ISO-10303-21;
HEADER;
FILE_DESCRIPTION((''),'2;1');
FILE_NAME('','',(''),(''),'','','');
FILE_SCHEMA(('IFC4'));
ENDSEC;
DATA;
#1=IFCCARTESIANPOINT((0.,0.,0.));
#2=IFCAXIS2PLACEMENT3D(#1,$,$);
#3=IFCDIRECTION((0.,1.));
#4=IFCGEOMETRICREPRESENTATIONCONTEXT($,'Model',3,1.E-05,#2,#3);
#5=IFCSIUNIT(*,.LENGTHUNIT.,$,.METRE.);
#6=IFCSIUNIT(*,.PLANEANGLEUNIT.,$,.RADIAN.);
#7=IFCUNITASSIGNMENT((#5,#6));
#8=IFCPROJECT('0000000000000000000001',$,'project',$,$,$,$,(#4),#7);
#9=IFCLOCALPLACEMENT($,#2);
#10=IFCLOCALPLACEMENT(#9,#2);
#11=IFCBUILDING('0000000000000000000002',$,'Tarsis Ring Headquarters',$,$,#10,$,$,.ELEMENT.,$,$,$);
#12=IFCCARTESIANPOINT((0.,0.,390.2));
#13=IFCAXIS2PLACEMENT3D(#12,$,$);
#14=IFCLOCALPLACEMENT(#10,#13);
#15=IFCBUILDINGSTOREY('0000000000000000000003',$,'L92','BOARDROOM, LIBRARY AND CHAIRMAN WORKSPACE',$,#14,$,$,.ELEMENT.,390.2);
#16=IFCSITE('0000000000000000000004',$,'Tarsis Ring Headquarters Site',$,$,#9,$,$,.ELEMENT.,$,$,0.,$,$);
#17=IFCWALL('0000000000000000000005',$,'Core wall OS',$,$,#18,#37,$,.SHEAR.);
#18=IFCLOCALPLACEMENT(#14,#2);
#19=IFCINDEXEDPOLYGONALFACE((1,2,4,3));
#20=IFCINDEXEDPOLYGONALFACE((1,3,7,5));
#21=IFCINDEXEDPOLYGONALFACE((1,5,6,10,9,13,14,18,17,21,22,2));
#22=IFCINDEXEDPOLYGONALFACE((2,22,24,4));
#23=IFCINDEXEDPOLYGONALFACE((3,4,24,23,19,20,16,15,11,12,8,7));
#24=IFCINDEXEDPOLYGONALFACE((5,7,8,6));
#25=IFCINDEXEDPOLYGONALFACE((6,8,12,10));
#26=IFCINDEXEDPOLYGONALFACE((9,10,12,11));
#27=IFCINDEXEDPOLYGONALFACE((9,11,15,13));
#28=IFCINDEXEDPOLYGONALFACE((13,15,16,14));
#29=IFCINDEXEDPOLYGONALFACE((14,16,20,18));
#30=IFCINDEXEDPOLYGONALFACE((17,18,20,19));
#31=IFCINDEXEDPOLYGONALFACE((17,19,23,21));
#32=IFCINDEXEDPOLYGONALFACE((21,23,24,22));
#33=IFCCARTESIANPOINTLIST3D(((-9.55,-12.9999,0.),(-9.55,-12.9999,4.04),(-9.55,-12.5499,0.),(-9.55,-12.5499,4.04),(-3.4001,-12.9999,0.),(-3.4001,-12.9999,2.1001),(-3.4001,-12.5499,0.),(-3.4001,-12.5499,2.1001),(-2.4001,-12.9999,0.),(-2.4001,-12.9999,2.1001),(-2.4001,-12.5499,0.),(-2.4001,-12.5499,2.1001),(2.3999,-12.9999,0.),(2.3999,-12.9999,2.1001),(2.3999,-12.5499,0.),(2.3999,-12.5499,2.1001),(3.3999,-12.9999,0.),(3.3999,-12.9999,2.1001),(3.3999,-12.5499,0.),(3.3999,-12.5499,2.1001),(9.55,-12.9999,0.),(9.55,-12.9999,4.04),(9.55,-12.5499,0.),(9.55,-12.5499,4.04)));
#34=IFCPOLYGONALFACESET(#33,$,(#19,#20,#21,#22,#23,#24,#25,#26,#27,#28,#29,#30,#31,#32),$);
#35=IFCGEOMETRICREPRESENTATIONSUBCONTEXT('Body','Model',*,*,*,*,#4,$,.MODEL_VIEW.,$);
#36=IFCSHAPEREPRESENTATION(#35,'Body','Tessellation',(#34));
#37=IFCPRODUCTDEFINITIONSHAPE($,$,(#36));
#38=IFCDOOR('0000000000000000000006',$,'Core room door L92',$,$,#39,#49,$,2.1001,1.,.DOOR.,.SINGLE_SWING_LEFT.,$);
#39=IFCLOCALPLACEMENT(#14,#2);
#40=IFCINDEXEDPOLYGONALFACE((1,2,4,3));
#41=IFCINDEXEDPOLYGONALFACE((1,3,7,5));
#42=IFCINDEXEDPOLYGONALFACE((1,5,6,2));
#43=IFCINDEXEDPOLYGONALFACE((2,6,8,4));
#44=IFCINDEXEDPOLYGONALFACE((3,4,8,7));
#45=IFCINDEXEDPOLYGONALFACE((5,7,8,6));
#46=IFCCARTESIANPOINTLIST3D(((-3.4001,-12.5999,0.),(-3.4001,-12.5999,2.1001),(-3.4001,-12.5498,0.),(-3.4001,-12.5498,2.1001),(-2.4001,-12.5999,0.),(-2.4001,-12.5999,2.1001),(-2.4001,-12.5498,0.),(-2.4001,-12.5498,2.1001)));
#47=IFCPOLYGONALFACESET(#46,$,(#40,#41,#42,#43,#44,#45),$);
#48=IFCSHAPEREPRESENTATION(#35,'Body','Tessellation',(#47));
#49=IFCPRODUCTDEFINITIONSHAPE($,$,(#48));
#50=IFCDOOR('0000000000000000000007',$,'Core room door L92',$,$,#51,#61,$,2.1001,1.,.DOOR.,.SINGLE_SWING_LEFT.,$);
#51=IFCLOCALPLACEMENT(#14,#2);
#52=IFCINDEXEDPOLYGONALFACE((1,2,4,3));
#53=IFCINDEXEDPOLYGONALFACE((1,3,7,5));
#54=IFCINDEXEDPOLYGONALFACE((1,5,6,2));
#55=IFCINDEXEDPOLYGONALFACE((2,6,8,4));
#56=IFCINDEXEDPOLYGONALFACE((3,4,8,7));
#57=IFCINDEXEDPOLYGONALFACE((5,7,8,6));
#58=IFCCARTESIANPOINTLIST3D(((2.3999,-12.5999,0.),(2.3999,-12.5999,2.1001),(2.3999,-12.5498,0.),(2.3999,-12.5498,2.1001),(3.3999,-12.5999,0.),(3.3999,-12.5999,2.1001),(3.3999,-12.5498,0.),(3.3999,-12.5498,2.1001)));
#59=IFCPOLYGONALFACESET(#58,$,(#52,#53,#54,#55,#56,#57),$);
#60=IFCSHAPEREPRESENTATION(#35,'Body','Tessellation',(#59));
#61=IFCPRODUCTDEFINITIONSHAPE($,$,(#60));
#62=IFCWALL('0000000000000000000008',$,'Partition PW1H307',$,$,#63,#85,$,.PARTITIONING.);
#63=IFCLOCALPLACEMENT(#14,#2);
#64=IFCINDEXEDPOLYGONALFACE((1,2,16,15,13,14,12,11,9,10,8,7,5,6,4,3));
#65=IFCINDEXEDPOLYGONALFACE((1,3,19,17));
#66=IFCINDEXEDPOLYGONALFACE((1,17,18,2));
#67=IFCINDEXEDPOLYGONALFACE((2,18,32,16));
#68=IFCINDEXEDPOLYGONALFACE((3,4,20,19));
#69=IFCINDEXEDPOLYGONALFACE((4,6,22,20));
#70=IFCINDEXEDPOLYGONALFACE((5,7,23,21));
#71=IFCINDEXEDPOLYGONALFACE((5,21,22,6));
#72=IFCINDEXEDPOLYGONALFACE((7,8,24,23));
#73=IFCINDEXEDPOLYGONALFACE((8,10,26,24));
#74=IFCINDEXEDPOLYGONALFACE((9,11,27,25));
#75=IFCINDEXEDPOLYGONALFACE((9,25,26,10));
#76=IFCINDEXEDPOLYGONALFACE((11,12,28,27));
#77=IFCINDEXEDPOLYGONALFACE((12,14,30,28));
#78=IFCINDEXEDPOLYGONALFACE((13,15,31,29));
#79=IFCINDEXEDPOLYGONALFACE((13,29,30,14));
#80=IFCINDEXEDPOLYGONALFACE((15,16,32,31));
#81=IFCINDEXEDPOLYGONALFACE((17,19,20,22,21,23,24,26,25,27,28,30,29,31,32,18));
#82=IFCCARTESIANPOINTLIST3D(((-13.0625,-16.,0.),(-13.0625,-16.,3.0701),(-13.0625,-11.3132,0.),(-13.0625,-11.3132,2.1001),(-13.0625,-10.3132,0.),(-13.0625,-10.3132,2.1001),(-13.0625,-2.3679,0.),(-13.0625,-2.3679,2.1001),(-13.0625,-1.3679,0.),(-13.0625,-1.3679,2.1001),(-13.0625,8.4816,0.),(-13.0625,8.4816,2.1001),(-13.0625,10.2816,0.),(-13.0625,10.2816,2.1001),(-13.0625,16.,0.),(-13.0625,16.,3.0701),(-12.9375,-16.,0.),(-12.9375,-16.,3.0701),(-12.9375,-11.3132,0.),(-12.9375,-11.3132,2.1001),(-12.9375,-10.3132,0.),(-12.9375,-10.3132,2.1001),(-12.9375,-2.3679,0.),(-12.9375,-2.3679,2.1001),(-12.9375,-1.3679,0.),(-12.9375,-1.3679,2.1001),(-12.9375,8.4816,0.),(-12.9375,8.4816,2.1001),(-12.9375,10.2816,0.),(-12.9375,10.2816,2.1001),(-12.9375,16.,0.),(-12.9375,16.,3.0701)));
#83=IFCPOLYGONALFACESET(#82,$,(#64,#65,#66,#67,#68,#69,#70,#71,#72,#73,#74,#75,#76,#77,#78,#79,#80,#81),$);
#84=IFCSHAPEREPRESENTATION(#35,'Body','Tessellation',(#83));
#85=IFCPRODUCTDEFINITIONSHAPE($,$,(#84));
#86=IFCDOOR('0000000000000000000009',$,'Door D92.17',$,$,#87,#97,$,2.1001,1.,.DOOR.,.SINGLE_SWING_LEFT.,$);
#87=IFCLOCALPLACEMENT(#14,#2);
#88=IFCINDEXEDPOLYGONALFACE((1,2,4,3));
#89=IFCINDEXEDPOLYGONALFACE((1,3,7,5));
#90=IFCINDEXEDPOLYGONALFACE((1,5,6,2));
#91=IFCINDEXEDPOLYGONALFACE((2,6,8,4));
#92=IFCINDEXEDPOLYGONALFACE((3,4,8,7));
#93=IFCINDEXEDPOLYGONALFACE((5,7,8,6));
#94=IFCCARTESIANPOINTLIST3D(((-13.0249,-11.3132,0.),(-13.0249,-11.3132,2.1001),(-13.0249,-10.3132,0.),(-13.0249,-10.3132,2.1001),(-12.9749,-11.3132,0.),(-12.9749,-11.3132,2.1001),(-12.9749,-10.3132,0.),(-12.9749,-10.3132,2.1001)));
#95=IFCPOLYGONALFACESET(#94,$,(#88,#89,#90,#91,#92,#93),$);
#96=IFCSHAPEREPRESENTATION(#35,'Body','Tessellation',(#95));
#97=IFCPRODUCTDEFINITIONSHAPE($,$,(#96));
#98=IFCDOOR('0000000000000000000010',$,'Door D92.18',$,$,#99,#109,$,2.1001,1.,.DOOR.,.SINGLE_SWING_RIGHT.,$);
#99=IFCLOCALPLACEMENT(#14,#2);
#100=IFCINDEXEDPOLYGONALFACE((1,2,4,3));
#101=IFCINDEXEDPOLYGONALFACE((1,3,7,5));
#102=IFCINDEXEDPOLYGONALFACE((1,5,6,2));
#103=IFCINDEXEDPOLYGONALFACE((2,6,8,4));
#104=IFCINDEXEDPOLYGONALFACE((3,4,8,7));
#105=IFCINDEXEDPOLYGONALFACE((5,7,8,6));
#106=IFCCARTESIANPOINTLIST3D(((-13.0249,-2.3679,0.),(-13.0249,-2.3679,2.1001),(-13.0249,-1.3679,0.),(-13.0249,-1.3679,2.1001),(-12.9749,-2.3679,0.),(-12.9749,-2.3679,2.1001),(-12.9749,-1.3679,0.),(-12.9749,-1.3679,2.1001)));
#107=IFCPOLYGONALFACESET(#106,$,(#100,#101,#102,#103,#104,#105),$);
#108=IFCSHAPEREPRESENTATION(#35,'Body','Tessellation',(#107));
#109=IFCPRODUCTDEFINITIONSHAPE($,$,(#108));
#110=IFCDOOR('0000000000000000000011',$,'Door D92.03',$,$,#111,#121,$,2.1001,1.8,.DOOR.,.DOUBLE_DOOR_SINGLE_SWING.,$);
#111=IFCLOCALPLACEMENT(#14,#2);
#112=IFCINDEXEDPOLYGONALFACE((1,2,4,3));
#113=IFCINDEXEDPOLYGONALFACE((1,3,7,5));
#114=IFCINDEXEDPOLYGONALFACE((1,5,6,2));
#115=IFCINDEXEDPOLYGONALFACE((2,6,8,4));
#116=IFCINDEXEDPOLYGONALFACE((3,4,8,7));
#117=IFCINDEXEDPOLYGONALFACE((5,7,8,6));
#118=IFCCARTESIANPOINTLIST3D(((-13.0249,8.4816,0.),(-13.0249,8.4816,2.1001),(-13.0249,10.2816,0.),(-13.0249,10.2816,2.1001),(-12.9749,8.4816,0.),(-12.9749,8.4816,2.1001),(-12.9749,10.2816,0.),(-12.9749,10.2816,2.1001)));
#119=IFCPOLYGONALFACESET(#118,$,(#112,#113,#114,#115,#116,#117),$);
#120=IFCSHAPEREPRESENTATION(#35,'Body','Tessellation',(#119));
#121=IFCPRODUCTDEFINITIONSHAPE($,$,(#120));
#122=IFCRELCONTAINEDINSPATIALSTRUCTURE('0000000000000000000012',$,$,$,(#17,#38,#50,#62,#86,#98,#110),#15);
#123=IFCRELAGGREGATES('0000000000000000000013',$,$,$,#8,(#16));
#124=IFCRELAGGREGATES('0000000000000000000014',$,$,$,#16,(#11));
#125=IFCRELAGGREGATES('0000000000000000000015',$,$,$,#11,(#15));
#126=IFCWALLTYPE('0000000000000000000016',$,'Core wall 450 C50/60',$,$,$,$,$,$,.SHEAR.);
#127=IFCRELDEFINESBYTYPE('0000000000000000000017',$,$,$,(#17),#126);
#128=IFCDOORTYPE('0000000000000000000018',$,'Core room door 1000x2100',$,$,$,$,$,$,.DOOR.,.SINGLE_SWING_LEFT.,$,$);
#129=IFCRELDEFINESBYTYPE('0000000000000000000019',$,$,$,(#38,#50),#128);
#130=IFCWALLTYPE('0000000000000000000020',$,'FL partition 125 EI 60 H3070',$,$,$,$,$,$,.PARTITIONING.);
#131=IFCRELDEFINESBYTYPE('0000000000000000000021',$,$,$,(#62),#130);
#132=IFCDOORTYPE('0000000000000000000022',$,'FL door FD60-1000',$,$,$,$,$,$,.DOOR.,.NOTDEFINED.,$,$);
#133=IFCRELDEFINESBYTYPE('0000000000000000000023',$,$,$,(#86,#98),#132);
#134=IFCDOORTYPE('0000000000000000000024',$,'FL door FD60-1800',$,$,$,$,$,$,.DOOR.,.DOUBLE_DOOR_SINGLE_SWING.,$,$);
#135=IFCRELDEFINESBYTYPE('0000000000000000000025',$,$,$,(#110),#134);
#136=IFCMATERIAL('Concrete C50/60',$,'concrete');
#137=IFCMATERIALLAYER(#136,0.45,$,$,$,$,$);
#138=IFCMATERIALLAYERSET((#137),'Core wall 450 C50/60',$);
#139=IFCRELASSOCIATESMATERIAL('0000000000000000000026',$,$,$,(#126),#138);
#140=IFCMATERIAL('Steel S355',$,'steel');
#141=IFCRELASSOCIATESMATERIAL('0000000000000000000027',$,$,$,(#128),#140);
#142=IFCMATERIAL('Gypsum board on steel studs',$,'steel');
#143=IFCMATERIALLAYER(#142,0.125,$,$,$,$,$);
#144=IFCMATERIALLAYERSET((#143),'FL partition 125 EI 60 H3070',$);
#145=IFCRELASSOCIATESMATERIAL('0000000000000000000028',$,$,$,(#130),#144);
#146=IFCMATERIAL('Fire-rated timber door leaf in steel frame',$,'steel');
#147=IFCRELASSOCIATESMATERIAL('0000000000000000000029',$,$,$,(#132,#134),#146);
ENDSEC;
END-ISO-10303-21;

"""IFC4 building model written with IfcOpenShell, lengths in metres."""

from ifc_helpers import new_model, si_unit, direction, frame, frame_2d, origin, place, context, subcontext, project, spatial, rectangle, extrude, material, layer, layer_set, type_object, element, fill, save


model = new_model("IFC4")

# Units and contexts
model_context = context("Model", 3, precision=1e-05, world=origin(), true_north=direction((0.0, 1.0)))
body_context = subcontext(model_context, "Body", "Model", "MODEL_VIEW")
ifc_project = project(units=[si_unit("LENGTHUNIT", "METRE"), si_unit("PLANEANGLEUNIT", "RADIAN")], contexts=[model_context])

# Site, building, storey
site_placement = place(None, origin())
site = spatial("IfcSite", under=ifc_project, at=site_placement, Name="Tarsis Ring Headquarters Site", CompositionType="ELEMENT", RefElevation=0.0)
building_placement = place(site_placement, origin())
building = spatial("IfcBuilding", under=site, at=building_placement, Name="Tarsis Ring Headquarters", CompositionType="ELEMENT")
storey_placement = place(building_placement, frame((0.0, 0.0, 390.2)))
storey = spatial("IfcBuildingStorey", under=building, at=storey_placement, Name="L92", Description="BOARDROOM, LIBRARY AND CHAIRMAN WORKSPACE", CompositionType="ELEMENT", Elevation=390.2)

# Walls, openings, doors
ifc_material_1 = material(Name="Concrete C50/60", Category="concrete")
ifc_layer_1 = layer(ifc_material_1, 0.45)
ifc_layer_set_1 = layer_set([ifc_layer_1], Name="Core wall 450 C50/60")
wall_type_1 = type_object("IfcWallType", Name="Core wall 450 C50/60", PredefinedType="SHEAR", material=ifc_layer_set_1)
ifc_material_2 = material(Name="Steel S355", Category="steel")
door_type_1 = type_object("IfcDoorType", Name="Core room door 1000x2100", OperationType="SINGLE_SWING_LEFT", PredefinedType="DOOR", material=ifc_material_2)
wall_1_placement = place(storey_placement, frame((-9.55, -12.7749, 0.0), z_axis=(0.0, 0.0, 1.0), x_axis=(1.0, 0.0, 0.0)))
wall_1 = element("IfcWall", 1, at=wall_1_placement, inside=storey, type_object=wall_type_1, Name="Core wall OS", PredefinedType="SHEAR", context=body_context, shape_type="SweptSolid", body=[
    extrude(rectangle(XDim=19.1001, YDim=0.45, at=frame_2d((9.55, 0.0))), origin(), (0.0, 0.0, 1.0), 4.04),
])
opening_1_placement = place(wall_1_placement, frame((6.1499, 0.0, 0.0)))
opening_1 = element("IfcOpeningElement", 2, at=opening_1_placement, cuts=wall_1, PredefinedType="OPENING", context=body_context, shape_type="SweptSolid", body=[
    extrude(rectangle(XDim=1.0, YDim=2.1001, at=frame_2d((0.5, 1.05))), frame((0.0, 0.2349, 0.0), z_axis=(0.0, -1.0, 0.0), x_axis=(1.0, 0.0, 0.0)), (0.0, 0.0, 1.0), 0.47),
])
opening_2_placement = place(wall_1_placement, frame((11.95, 0.0, 0.0)))
opening_2 = element("IfcOpeningElement", 3, at=opening_2_placement, cuts=wall_1, PredefinedType="OPENING", context=body_context, shape_type="SweptSolid", body=[
    extrude(rectangle(XDim=1.0, YDim=2.1001, at=frame_2d((0.5, 1.05))), frame((0.0, 0.2349, 0.0), z_axis=(0.0, -1.0, 0.0), x_axis=(1.0, 0.0, 0.0)), (0.0, 0.0, 1.0), 0.47),
])
door_1_placement = place(opening_1_placement, origin())
door_1 = element("IfcDoor", 4, at=door_1_placement, inside=storey, type_object=door_type_1, Name="Core room door L92", OperationType="SINGLE_SWING_LEFT", OverallHeight=2.1001, OverallWidth=1.0, PredefinedType="DOOR", context=body_context, shape_type="SweptSolid", body=[
    extrude(rectangle(XDim=1.0, YDim=2.1001, at=frame_2d((0.5, 1.05))), frame((0.0, 0.2251, 0.0), z_axis=(0.0, -1.0, 0.0), x_axis=(1.0, 0.0, 0.0)), (0.0, 0.0, 1.0), 0.05),
])
fill(opening_1, door_1)
door_2_placement = place(opening_2_placement, origin())
door_2 = element("IfcDoor", 5, at=door_2_placement, inside=storey, type_object=door_type_1, Name="Core room door L92", OperationType="SINGLE_SWING_LEFT", OverallHeight=2.1001, OverallWidth=1.0, PredefinedType="DOOR", context=body_context, shape_type="SweptSolid", body=[
    extrude(rectangle(XDim=1.0, YDim=2.1001, at=frame_2d((0.5, 1.05))), frame((0.0, 0.2251, 0.0), z_axis=(0.0, -1.0, 0.0), x_axis=(1.0, 0.0, 0.0)), (0.0, 0.0, 1.0), 0.05),
])
fill(opening_2, door_2)
ifc_material_3 = material(Name="Gypsum board on steel studs", Category="steel")
ifc_layer_2 = layer(ifc_material_3, 0.125)
ifc_layer_set_2 = layer_set([ifc_layer_2], Name="FL partition 125 EI 60 H3070")
wall_type_2 = type_object("IfcWallType", Name="FL partition 125 EI 60 H3070", PredefinedType="PARTITIONING", material=ifc_layer_set_2)
wall_2_placement = place(storey_placement, frame((-13.0, -16.0, 0.0), z_axis=(0.0, 0.0, 1.0), x_axis=(0.0, 1.0, 0.0)))
wall_2 = element("IfcWall", 6, at=wall_2_placement, inside=storey, type_object=wall_type_2, Name="Partition PW1H307", PredefinedType="PARTITIONING", context=body_context, shape_type="SweptSolid", body=[
    extrude(rectangle(XDim=32.0, YDim=0.125, at=frame_2d((16.0, 0.0))), origin(), (0.0, 0.0, 1.0), 3.0701),
])
opening_3_placement = place(wall_2_placement, frame((24.4817, 0.0, 0.0)))
opening_3 = element("IfcOpeningElement", 7, at=opening_3_placement, cuts=wall_2, PredefinedType="OPENING", context=body_context, shape_type="SweptSolid", body=[
    extrude(rectangle(XDim=1.8, YDim=2.1001, at=frame_2d((0.8999, 1.05))), frame((0.0, 0.0725, 0.0), z_axis=(0.0, -1.0, 0.0), x_axis=(1.0, 0.0, 0.0)), (0.0, 0.0, 1.0), 0.145),
])
opening_4_placement = place(wall_2_placement, frame((4.6868, 0.0, 0.0)))
opening_4 = element("IfcOpeningElement", 8, at=opening_4_placement, cuts=wall_2, PredefinedType="OPENING", context=body_context, shape_type="SweptSolid", body=[
    extrude(rectangle(XDim=1.0, YDim=2.1001, at=frame_2d((0.5, 1.05))), frame((0.0, 0.0725, 0.0), z_axis=(0.0, -1.0, 0.0), x_axis=(1.0, 0.0, 0.0)), (0.0, 0.0, 1.0), 0.145),
])
opening_5_placement = place(wall_2_placement, frame((13.6321, 0.0, 0.0)))
opening_5 = element("IfcOpeningElement", 9, at=opening_5_placement, cuts=wall_2, PredefinedType="OPENING", context=body_context, shape_type="SweptSolid", body=[
    extrude(rectangle(XDim=1.0, YDim=2.1001, at=frame_2d((0.5, 1.05))), frame((0.0, 0.0725, 0.0), z_axis=(0.0, -1.0, 0.0), x_axis=(1.0, 0.0, 0.0)), (0.0, 0.0, 1.0), 0.145),
])
ifc_material_4 = material(Name="Fire-rated timber door leaf in steel frame", Category="steel")
door_type_2 = type_object("IfcDoorType", Name="FL door FD60-1000", OperationType="NOTDEFINED", PredefinedType="DOOR", material=ifc_material_4)
door_3_placement = place(opening_4_placement, origin())
door_3 = element("IfcDoor", 10, at=door_3_placement, inside=storey, type_object=door_type_2, Name="Door D92.17", OperationType="SINGLE_SWING_LEFT", OverallHeight=2.1001, OverallWidth=1.0, PredefinedType="DOOR", context=body_context, shape_type="SweptSolid", body=[
    extrude(rectangle(XDim=1.0, YDim=2.1001, at=frame_2d((0.5, 1.05))), frame((0.0, 0.0249, 0.0), z_axis=(0.0, -1.0, 0.0), x_axis=(1.0, 0.0, 0.0)), (0.0, 0.0, 1.0), 0.05),
])
fill(opening_4, door_3)
door_4_placement = place(opening_5_placement, origin())
door_4 = element("IfcDoor", 11, at=door_4_placement, inside=storey, type_object=door_type_2, Name="Door D92.18", OperationType="SINGLE_SWING_RIGHT", OverallHeight=2.1001, OverallWidth=1.0, PredefinedType="DOOR", context=body_context, shape_type="SweptSolid", body=[
    extrude(rectangle(XDim=1.0, YDim=2.1001, at=frame_2d((0.5, 1.05))), frame((0.0, 0.0249, 0.0), z_axis=(0.0, -1.0, 0.0), x_axis=(1.0, 0.0, 0.0)), (0.0, 0.0, 1.0), 0.05),
])
fill(opening_5, door_4)
door_type_3 = type_object("IfcDoorType", Name="FL door FD60-1800", OperationType="DOUBLE_DOOR_SINGLE_SWING", PredefinedType="DOOR", material=ifc_material_4)
door_5_placement = place(opening_3_placement, origin())
door_5 = element("IfcDoor", 12, at=door_5_placement, inside=storey, type_object=door_type_3, Name="Door D92.03", OperationType="DOUBLE_DOOR_SINGLE_SWING", OverallHeight=2.1001, OverallWidth=1.8, PredefinedType="DOOR", context=body_context, shape_type="SweptSolid", body=[
    extrude(rectangle(XDim=1.8, YDim=2.1001, at=frame_2d((0.8999, 1.05))), frame((0.0, 0.0249, 0.0), z_axis=(0.0, -1.0, 0.0), x_axis=(1.0, 0.0, 0.0)), (0.0, 0.0, 1.0), 0.05),
])
fill(opening_3, door_5)

save(model, "model.ifc")
